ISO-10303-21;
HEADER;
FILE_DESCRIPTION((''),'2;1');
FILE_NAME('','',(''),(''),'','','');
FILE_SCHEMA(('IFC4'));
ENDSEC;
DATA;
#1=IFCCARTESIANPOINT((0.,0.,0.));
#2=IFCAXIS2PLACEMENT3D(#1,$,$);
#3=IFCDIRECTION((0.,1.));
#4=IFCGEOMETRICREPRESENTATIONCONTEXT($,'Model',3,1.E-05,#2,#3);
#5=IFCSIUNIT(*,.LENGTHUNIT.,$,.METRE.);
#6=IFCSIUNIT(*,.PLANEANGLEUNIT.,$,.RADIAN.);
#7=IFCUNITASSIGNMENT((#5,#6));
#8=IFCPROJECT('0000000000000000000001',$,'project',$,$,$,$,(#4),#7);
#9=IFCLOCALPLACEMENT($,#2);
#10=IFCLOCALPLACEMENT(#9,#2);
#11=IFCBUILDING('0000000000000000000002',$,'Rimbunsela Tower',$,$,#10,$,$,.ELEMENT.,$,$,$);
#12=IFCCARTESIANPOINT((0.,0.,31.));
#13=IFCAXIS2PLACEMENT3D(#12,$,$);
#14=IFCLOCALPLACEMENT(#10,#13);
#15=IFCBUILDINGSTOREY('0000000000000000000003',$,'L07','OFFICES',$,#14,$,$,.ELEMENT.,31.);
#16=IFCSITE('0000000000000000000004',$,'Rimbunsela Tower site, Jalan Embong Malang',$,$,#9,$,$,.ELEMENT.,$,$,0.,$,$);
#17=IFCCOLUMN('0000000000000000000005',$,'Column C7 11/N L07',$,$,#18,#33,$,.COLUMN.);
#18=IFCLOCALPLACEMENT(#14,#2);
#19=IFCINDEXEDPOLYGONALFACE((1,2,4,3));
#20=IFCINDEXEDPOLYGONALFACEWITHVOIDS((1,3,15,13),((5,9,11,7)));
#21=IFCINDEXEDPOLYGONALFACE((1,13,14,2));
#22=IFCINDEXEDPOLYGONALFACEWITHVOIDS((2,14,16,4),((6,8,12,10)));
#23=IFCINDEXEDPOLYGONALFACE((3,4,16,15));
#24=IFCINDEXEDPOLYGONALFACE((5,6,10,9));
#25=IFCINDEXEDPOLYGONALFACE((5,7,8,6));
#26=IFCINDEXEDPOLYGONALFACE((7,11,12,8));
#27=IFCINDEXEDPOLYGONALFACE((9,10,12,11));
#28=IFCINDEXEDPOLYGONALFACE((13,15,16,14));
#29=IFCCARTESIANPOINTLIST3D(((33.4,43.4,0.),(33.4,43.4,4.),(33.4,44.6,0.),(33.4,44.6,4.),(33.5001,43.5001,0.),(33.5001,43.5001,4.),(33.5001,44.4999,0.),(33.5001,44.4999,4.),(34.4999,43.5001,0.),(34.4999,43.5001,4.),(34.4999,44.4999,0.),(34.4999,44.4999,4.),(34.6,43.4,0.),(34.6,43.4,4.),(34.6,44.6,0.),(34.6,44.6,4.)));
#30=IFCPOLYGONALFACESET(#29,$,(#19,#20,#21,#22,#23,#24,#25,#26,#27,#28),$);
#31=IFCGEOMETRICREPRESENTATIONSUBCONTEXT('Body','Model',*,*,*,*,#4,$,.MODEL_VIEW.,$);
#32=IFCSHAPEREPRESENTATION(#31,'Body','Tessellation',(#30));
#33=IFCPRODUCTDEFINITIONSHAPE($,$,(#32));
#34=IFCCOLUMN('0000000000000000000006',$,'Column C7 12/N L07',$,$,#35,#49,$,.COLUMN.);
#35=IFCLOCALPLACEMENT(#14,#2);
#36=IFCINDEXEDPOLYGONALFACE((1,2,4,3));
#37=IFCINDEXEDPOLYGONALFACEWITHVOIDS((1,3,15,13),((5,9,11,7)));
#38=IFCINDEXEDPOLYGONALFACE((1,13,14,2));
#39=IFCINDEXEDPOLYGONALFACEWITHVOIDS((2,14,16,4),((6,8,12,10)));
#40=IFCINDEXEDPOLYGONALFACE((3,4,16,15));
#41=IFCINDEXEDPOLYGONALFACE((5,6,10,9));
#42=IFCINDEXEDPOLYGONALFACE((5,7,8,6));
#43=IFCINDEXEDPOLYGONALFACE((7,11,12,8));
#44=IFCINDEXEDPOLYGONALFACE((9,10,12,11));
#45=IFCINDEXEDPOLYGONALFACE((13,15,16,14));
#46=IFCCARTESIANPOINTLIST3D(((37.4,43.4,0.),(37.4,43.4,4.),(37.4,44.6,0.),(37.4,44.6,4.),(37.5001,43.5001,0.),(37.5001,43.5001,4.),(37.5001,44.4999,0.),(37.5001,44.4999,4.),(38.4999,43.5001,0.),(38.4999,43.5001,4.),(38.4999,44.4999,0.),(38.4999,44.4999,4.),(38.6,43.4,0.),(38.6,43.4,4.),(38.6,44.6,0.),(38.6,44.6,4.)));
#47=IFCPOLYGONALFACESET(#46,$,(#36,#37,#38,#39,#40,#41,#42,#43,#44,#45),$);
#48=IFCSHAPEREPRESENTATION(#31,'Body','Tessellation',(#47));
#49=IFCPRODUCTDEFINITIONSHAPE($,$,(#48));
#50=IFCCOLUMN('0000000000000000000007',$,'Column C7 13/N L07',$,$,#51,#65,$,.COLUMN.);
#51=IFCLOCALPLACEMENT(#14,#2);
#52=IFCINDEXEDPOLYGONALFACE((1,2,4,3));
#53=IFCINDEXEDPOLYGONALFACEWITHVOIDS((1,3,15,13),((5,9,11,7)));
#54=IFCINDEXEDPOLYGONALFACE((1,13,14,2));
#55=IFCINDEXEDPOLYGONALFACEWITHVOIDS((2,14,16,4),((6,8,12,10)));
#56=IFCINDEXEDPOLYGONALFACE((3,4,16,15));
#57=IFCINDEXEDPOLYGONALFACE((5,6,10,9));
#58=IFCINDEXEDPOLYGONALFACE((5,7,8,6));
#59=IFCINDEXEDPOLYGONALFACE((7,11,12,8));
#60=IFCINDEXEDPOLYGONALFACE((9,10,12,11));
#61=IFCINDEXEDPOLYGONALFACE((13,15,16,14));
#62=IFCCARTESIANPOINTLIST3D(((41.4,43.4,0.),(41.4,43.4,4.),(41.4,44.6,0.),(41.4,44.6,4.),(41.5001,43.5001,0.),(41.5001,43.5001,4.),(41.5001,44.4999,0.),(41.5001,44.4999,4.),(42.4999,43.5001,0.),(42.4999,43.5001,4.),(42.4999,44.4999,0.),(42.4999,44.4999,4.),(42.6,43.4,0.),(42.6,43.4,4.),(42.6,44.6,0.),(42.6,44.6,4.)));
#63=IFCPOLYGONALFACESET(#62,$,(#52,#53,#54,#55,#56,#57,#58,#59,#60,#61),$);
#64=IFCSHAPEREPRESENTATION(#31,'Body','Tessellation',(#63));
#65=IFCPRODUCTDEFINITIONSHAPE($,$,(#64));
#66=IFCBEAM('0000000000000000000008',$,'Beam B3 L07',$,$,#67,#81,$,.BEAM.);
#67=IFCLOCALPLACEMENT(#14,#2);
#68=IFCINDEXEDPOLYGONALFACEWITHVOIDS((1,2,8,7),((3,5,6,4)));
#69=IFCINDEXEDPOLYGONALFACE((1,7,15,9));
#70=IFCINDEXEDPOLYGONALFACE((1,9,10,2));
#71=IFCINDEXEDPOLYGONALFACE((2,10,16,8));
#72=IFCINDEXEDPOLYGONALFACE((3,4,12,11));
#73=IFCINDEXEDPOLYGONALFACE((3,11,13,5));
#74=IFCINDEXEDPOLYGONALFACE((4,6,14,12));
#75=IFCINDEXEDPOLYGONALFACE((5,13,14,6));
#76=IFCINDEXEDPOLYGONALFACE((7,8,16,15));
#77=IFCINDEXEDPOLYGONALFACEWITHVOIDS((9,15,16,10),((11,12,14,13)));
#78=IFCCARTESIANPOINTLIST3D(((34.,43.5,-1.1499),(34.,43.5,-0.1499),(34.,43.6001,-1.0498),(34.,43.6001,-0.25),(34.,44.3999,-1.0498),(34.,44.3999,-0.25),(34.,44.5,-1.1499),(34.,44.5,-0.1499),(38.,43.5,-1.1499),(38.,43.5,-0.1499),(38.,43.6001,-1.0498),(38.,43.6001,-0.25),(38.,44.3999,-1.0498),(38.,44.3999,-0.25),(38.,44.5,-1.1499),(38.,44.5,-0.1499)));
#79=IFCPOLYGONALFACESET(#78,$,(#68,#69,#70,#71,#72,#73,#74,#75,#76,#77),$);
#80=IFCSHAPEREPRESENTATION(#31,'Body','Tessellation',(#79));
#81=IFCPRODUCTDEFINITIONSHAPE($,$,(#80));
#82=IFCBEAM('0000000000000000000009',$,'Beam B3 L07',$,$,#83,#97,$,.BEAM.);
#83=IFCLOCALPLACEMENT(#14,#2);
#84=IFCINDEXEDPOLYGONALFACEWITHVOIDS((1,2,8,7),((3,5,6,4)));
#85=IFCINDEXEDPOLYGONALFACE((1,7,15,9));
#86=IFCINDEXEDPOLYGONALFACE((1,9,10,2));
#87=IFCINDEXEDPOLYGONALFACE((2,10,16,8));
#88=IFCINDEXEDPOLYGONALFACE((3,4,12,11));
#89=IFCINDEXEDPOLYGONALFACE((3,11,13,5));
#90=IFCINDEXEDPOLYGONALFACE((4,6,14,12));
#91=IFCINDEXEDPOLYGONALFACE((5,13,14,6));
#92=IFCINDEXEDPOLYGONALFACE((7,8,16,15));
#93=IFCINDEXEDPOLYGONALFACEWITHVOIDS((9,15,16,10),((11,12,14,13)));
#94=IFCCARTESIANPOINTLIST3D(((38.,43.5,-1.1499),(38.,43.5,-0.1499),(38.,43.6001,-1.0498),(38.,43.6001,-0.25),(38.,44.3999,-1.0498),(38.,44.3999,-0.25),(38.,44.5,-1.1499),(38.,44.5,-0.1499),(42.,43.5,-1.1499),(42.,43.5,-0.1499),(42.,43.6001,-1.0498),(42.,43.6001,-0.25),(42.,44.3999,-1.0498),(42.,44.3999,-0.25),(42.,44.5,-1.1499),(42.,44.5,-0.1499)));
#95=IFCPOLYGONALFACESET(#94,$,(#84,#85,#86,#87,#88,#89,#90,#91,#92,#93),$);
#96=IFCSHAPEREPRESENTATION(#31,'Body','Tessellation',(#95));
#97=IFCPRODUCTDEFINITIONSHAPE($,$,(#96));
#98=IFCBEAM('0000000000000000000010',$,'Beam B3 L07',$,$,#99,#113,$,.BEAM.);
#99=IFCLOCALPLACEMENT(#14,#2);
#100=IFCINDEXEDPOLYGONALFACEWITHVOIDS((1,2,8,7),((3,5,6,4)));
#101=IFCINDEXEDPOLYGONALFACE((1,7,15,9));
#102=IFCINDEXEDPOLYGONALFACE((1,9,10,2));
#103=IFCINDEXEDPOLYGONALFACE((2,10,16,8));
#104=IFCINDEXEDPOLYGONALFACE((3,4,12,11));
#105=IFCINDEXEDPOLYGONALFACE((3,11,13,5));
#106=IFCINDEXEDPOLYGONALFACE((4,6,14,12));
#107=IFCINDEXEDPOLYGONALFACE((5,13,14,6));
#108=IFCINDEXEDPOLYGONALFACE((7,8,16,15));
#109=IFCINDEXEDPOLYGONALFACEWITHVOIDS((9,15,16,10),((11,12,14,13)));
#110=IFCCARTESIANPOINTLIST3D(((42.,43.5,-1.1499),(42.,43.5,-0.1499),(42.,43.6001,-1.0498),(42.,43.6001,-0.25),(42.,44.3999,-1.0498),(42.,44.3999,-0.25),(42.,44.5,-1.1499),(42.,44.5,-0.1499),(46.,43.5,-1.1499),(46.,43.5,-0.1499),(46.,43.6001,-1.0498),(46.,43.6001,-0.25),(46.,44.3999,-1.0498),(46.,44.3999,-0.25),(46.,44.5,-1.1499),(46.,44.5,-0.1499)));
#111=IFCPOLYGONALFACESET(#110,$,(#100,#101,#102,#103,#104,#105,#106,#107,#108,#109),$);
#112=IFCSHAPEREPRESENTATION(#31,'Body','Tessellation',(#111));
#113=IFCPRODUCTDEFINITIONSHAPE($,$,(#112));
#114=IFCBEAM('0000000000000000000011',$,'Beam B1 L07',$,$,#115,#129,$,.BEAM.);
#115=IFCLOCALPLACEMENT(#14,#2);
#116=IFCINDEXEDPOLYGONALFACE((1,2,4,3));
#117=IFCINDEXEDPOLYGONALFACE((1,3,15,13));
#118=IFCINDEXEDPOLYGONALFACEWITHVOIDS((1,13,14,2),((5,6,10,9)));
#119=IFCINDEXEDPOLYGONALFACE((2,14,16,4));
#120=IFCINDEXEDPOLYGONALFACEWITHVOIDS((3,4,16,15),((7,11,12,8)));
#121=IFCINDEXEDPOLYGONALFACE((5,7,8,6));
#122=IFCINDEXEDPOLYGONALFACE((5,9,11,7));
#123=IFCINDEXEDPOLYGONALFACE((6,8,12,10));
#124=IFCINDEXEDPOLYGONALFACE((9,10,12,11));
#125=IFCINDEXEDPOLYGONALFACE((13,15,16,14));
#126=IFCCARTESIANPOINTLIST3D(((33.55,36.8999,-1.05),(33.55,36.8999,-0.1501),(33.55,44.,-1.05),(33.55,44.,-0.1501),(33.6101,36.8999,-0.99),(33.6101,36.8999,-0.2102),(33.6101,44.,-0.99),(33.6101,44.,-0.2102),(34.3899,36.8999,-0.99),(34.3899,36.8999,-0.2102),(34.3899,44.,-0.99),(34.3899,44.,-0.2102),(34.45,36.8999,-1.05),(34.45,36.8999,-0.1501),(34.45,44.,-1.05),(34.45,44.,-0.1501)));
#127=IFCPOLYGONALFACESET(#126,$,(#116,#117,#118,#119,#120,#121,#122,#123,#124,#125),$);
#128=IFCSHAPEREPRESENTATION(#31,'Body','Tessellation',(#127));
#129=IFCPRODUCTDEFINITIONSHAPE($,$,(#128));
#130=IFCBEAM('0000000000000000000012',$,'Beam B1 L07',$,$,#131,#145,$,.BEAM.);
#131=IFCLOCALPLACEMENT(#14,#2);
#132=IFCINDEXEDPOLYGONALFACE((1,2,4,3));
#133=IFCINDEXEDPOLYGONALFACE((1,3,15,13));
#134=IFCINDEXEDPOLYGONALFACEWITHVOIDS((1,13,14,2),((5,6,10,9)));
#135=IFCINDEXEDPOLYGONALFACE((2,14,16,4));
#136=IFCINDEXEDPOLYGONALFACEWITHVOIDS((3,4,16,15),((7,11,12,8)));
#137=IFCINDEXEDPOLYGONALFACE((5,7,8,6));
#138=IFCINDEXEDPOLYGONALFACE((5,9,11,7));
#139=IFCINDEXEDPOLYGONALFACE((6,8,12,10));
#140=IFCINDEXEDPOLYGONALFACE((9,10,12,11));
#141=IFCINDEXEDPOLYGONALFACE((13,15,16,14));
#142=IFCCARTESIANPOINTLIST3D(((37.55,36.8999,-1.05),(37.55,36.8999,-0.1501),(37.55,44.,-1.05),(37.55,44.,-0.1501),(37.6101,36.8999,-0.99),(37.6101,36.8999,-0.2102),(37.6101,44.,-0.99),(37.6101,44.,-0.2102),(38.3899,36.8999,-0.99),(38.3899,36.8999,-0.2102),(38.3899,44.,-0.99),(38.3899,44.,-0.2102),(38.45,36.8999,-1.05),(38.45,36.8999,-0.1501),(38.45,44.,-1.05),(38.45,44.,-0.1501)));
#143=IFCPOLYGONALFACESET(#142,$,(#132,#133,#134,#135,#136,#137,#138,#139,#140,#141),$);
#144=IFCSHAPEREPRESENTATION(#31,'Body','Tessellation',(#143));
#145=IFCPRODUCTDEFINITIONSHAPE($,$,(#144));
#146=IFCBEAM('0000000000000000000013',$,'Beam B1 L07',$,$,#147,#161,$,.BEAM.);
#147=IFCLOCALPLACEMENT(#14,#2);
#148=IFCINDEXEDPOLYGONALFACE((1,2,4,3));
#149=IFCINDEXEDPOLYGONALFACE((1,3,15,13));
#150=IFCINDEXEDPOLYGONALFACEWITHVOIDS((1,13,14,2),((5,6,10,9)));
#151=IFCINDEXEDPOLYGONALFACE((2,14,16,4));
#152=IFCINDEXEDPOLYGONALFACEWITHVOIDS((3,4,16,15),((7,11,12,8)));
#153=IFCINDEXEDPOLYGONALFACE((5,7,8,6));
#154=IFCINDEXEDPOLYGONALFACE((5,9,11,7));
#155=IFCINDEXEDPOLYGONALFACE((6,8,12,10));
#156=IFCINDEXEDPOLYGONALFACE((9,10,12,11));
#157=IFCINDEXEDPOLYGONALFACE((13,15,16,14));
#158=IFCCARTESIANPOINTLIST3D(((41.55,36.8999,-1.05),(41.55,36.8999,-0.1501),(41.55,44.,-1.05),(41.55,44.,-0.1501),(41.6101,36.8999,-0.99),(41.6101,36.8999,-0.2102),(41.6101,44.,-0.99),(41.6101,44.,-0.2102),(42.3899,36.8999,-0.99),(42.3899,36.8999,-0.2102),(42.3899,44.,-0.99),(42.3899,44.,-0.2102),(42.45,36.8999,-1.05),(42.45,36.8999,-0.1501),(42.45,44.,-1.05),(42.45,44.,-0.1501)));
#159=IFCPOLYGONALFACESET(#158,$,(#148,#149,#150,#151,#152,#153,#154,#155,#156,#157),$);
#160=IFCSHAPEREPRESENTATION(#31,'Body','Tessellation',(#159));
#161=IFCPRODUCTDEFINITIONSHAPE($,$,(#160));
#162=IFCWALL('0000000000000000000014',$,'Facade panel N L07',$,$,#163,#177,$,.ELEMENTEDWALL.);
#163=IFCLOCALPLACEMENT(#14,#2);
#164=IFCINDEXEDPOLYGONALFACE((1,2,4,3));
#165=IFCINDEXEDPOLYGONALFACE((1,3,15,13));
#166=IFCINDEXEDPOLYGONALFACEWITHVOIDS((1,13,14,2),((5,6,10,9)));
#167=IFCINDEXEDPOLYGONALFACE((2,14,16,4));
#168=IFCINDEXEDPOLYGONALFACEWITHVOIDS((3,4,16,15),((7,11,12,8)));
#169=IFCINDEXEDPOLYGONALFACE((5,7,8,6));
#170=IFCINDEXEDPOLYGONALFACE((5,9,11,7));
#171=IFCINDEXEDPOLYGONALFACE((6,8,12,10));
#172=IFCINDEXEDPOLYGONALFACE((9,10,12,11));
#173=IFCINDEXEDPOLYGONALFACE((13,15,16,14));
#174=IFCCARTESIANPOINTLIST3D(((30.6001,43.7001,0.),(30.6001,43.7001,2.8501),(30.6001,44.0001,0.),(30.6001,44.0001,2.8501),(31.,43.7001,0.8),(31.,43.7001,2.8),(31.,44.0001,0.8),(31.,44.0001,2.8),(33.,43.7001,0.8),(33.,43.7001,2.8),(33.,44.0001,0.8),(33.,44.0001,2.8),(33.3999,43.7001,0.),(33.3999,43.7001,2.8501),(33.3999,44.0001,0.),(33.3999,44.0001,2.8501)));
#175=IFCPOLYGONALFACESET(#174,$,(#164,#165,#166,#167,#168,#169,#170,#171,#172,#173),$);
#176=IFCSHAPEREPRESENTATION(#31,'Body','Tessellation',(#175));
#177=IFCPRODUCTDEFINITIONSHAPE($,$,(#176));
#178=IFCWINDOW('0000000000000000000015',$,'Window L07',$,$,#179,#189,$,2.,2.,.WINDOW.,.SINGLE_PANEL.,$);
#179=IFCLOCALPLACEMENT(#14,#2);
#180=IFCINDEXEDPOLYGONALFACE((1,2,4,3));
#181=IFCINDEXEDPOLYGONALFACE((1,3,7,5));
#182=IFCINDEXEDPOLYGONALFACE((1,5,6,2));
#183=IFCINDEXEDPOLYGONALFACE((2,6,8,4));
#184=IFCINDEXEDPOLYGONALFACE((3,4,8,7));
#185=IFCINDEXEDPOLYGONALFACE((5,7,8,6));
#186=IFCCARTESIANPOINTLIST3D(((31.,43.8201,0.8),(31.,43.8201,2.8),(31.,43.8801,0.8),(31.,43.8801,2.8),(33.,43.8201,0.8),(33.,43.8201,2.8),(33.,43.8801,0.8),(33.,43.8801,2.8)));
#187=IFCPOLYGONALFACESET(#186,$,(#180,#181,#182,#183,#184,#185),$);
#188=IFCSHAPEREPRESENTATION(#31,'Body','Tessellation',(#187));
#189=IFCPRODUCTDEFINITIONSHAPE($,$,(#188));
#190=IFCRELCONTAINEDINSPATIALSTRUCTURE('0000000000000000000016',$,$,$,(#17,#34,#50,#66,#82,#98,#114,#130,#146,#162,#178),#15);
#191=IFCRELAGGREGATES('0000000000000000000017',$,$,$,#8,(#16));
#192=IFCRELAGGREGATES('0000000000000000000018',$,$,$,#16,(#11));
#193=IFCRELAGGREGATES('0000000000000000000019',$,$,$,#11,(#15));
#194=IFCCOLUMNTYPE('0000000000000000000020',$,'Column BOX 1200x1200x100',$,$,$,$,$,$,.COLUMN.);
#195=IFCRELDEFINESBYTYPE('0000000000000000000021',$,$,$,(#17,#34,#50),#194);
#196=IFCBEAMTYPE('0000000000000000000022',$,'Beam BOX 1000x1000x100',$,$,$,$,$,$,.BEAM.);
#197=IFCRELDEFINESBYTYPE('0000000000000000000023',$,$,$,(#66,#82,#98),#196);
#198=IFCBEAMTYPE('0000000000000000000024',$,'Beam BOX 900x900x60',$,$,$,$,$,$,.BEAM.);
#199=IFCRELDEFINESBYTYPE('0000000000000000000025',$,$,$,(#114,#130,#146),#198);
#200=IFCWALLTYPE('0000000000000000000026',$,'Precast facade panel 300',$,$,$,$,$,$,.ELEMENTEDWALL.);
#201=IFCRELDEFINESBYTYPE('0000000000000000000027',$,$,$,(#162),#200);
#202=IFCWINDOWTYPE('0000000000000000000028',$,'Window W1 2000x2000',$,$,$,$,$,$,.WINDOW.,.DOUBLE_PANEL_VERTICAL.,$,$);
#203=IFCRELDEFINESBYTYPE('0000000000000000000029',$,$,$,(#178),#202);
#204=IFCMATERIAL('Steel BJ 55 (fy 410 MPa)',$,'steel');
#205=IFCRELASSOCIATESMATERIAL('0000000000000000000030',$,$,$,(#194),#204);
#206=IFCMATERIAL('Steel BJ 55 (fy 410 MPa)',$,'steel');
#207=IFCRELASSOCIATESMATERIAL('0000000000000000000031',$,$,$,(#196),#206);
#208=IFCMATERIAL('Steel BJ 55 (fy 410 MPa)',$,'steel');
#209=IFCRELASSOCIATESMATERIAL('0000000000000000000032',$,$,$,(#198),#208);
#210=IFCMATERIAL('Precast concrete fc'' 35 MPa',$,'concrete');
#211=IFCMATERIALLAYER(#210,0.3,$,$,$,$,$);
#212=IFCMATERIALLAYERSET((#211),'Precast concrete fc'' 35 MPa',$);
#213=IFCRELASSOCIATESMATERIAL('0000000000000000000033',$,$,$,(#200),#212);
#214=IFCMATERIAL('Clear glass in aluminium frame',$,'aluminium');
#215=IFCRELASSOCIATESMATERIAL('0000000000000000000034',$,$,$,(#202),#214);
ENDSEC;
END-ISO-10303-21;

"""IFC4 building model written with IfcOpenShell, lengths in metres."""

from ifc_helpers import new_model, si_unit, direction, frame, frame_2d, origin, origin_2d, place, context, subcontext, project, spatial, rectangle, hollow_rectangle, extrude, material, layer, layer_set, material_profile, profile_set, type_object, element, fill, save


model = new_model("IFC4")

# Units and contexts
model_context = context("Model", 3, precision=1e-05, world=origin(), true_north=direction((0.0, 1.0)))
body_context = subcontext(model_context, "Body", "Model", "MODEL_VIEW")
ifc_project = project(units=[si_unit("LENGTHUNIT", "METRE"), si_unit("PLANEANGLEUNIT", "RADIAN")], contexts=[model_context])

# Site, building, storey
site_placement = place(None, origin())
site = spatial("IfcSite", under=ifc_project, at=site_placement, Name="Rimbunsela Tower site, Jalan Embong Malang", CompositionType="ELEMENT", RefElevation=0.0)
building_placement = place(site_placement, origin())
building = spatial("IfcBuilding", under=site, at=building_placement, Name="Rimbunsela Tower", CompositionType="ELEMENT")
storey_placement = place(building_placement, frame((0.0, 0.0, 31.0)))
storey = spatial("IfcBuildingStorey", under=building, at=storey_placement, Name="L07", Description="OFFICES", CompositionType="ELEMENT", Elevation=31.0)

# Columns
ifc_material_1 = material(Name="Steel BJ 55 (fy 410 MPa)", Category="steel")
ifc_material_profile_1 = material_profile(ifc_material_1, hollow_rectangle(XDim=1.2, YDim=1.2, WallThickness=0.1001, at=origin_2d()), Name="BOX 1200x1200x100")
ifc_profile_set_1 = profile_set([ifc_material_profile_1], Name="Steel BJ 55 (fy 410 MPa)")
column_type = type_object("IfcColumnType", Name="Column BOX 1200x1200x100", PredefinedType="COLUMN", material=ifc_profile_set_1)
for number, where, z_axis, x_axis, name in (
    (1, (34.0, 44.0, 0.0), (0.0, 0.0, 1.0), (1.0, 0.0, 0.0), "Column C7 11/N L07"),
    (2, (38.0, 44.0, 0.0), (0.0, 0.0, 1.0), (1.0, 0.0, 0.0), "Column C7 12/N L07"),
    (3, (42.0, 44.0, 0.0), (0.0, 0.0, 1.0), (1.0, 0.0, 0.0), "Column C7 13/N L07"),
):
    element("IfcColumn", number, at=place(storey_placement, frame(where, z_axis=z_axis, x_axis=x_axis)), inside=storey, type_object=column_type, Name=name, PredefinedType="COLUMN", context=body_context, shape_type="SweptSolid", body=[
        extrude(hollow_rectangle(XDim=1.2, YDim=1.2, WallThickness=0.1001, at=origin_2d()), origin(), (0.0, 0.0, 1.0), 4.0),
    ])

# Beams
ifc_material_2 = material(Name="Steel BJ 55 (fy 410 MPa)", Category="steel")
ifc_material_profile_2 = material_profile(ifc_material_2, hollow_rectangle(XDim=1.0, YDim=1.0, WallThickness=0.1001, at=origin_2d()), Name="BOX 1000x1000x100")
ifc_profile_set_2 = profile_set([ifc_material_profile_2], Name="Steel BJ 55 (fy 410 MPa)")
beam_type_1 = type_object("IfcBeamType", Name="Beam BOX 1000x1000x100", PredefinedType="BEAM", material=ifc_profile_set_2)
for number, where, z_axis, x_axis, name in (
    (4, (34.0, 44.0, -0.6499), (1.0, 0.0, 0.0), (0.0, 1.0, 0.0), "Beam B3 L07"),
    (5, (38.0, 44.0, -0.6499), (1.0, 0.0, 0.0), (0.0, 1.0, 0.0), "Beam B3 L07"),
    (6, (42.0, 44.0, -0.6499), (1.0, 0.0, 0.0), (0.0, 1.0, 0.0), "Beam B3 L07"),
):
    element("IfcBeam", number, at=place(storey_placement, frame(where, z_axis=z_axis, x_axis=x_axis)), inside=storey, type_object=beam_type_1, Name=name, PredefinedType="BEAM", context=body_context, shape_type="SweptSolid", body=[
        extrude(hollow_rectangle(XDim=1.0, YDim=1.0, WallThickness=0.1001, at=origin_2d()), origin(), (0.0, 0.0, 1.0), 4.0),
    ])
ifc_material_3 = material(Name="Steel BJ 55 (fy 410 MPa)", Category="steel")
ifc_material_profile_3 = material_profile(ifc_material_3, hollow_rectangle(XDim=0.8999, YDim=0.8999, WallThickness=0.0601, at=origin_2d()), Name="BOX 900x900x60")
ifc_profile_set_3 = profile_set([ifc_material_profile_3], Name="Steel BJ 55 (fy 410 MPa)")
beam_type_2 = type_object("IfcBeamType", Name="Beam BOX 900x900x60", PredefinedType="BEAM", material=ifc_profile_set_3)
for number, where, z_axis, x_axis, name in (
    (7, (34.0, 36.8999, -0.6001), (0.0, 1.0, 0.0), (-1.0, 0.0, 0.0), "Beam B1 L07"),
    (8, (38.0, 36.8999, -0.6001), (0.0, 1.0, 0.0), (-1.0, 0.0, 0.0), "Beam B1 L07"),
    (9, (42.0, 36.8999, -0.6001), (0.0, 1.0, 0.0), (-1.0, 0.0, 0.0), "Beam B1 L07"),
):
    element("IfcBeam", number, at=place(storey_placement, frame(where, z_axis=z_axis, x_axis=x_axis)), inside=storey, type_object=beam_type_2, Name=name, PredefinedType="BEAM", context=body_context, shape_type="SweptSolid", body=[
        extrude(hollow_rectangle(XDim=0.8999, YDim=0.8999, WallThickness=0.0601, at=origin_2d()), origin(), (0.0, 0.0, 1.0), 7.1001),
    ])

# Wall, opening, window
ifc_material_4 = material(Name="Precast concrete fc' 35 MPa", Category="concrete")
ifc_layer_1 = layer(ifc_material_4, 0.3)
ifc_layer_set_1 = layer_set([ifc_layer_1], Name="Precast concrete fc' 35 MPa")
wall_type_1 = type_object("IfcWallType", Name="Precast facade panel 300", PredefinedType="ELEMENTEDWALL", material=ifc_layer_set_1)
wall_1_placement = place(storey_placement, frame((33.3999, 43.8501, 0.0), z_axis=(0.0, 0.0, 1.0), x_axis=(-1.0, 0.0, 0.0)))
wall_1 = element("IfcWall", 10, at=wall_1_placement, inside=storey, type_object=wall_type_1, Name="Facade panel N L07", PredefinedType="ELEMENTEDWALL", context=body_context, shape_type="SweptSolid", body=[
    extrude(rectangle(XDim=2.7998, YDim=0.3, at=frame_2d((1.3999, 0.0))), origin(), (0.0, 0.0, 1.0), 2.8501),
])
opening_1_placement = place(wall_1_placement, frame((0.3999, 0.0, 0.8)))
opening_1 = element("IfcOpeningElement", 11, at=opening_1_placement, cuts=wall_1, PredefinedType="OPENING", context=body_context, shape_type="SweptSolid", body=[
    extrude(rectangle(XDim=2.0, YDim=2.0, at=frame_2d((1.0, 1.0))), frame((0.0, 0.1599, 0.0), z_axis=(0.0, -1.0, 0.0), x_axis=(1.0, 0.0, 0.0)), (0.0, 0.0, 1.0), 0.3201),
])
ifc_material_5 = material(Name="Clear glass in aluminium frame", Category="aluminium")
window_type = type_object("IfcWindowType", Name="Window W1 2000x2000", PartitioningType="DOUBLE_PANEL_VERTICAL", PredefinedType="WINDOW", material=ifc_material_5)
window_1_placement = place(opening_1_placement, origin())
window_1 = element("IfcWindow", 12, at=window_1_placement, inside=storey, type_object=window_type, Name="Window L07", OverallHeight=2.0, OverallWidth=2.0, PartitioningType="SINGLE_PANEL", PredefinedType="WINDOW", context=body_context, shape_type="SweptSolid", body=[
    extrude(rectangle(XDim=2.0, YDim=2.0, at=frame_2d((1.0, 1.0))), frame((0.0, 0.03, 0.0), z_axis=(0.0, -1.0, 0.0), x_axis=(1.0, 0.0, 0.0)), (0.0, 0.0, 1.0), 0.0601),
])
fill(opening_1, window_1)

save(model, "model.ifc")
